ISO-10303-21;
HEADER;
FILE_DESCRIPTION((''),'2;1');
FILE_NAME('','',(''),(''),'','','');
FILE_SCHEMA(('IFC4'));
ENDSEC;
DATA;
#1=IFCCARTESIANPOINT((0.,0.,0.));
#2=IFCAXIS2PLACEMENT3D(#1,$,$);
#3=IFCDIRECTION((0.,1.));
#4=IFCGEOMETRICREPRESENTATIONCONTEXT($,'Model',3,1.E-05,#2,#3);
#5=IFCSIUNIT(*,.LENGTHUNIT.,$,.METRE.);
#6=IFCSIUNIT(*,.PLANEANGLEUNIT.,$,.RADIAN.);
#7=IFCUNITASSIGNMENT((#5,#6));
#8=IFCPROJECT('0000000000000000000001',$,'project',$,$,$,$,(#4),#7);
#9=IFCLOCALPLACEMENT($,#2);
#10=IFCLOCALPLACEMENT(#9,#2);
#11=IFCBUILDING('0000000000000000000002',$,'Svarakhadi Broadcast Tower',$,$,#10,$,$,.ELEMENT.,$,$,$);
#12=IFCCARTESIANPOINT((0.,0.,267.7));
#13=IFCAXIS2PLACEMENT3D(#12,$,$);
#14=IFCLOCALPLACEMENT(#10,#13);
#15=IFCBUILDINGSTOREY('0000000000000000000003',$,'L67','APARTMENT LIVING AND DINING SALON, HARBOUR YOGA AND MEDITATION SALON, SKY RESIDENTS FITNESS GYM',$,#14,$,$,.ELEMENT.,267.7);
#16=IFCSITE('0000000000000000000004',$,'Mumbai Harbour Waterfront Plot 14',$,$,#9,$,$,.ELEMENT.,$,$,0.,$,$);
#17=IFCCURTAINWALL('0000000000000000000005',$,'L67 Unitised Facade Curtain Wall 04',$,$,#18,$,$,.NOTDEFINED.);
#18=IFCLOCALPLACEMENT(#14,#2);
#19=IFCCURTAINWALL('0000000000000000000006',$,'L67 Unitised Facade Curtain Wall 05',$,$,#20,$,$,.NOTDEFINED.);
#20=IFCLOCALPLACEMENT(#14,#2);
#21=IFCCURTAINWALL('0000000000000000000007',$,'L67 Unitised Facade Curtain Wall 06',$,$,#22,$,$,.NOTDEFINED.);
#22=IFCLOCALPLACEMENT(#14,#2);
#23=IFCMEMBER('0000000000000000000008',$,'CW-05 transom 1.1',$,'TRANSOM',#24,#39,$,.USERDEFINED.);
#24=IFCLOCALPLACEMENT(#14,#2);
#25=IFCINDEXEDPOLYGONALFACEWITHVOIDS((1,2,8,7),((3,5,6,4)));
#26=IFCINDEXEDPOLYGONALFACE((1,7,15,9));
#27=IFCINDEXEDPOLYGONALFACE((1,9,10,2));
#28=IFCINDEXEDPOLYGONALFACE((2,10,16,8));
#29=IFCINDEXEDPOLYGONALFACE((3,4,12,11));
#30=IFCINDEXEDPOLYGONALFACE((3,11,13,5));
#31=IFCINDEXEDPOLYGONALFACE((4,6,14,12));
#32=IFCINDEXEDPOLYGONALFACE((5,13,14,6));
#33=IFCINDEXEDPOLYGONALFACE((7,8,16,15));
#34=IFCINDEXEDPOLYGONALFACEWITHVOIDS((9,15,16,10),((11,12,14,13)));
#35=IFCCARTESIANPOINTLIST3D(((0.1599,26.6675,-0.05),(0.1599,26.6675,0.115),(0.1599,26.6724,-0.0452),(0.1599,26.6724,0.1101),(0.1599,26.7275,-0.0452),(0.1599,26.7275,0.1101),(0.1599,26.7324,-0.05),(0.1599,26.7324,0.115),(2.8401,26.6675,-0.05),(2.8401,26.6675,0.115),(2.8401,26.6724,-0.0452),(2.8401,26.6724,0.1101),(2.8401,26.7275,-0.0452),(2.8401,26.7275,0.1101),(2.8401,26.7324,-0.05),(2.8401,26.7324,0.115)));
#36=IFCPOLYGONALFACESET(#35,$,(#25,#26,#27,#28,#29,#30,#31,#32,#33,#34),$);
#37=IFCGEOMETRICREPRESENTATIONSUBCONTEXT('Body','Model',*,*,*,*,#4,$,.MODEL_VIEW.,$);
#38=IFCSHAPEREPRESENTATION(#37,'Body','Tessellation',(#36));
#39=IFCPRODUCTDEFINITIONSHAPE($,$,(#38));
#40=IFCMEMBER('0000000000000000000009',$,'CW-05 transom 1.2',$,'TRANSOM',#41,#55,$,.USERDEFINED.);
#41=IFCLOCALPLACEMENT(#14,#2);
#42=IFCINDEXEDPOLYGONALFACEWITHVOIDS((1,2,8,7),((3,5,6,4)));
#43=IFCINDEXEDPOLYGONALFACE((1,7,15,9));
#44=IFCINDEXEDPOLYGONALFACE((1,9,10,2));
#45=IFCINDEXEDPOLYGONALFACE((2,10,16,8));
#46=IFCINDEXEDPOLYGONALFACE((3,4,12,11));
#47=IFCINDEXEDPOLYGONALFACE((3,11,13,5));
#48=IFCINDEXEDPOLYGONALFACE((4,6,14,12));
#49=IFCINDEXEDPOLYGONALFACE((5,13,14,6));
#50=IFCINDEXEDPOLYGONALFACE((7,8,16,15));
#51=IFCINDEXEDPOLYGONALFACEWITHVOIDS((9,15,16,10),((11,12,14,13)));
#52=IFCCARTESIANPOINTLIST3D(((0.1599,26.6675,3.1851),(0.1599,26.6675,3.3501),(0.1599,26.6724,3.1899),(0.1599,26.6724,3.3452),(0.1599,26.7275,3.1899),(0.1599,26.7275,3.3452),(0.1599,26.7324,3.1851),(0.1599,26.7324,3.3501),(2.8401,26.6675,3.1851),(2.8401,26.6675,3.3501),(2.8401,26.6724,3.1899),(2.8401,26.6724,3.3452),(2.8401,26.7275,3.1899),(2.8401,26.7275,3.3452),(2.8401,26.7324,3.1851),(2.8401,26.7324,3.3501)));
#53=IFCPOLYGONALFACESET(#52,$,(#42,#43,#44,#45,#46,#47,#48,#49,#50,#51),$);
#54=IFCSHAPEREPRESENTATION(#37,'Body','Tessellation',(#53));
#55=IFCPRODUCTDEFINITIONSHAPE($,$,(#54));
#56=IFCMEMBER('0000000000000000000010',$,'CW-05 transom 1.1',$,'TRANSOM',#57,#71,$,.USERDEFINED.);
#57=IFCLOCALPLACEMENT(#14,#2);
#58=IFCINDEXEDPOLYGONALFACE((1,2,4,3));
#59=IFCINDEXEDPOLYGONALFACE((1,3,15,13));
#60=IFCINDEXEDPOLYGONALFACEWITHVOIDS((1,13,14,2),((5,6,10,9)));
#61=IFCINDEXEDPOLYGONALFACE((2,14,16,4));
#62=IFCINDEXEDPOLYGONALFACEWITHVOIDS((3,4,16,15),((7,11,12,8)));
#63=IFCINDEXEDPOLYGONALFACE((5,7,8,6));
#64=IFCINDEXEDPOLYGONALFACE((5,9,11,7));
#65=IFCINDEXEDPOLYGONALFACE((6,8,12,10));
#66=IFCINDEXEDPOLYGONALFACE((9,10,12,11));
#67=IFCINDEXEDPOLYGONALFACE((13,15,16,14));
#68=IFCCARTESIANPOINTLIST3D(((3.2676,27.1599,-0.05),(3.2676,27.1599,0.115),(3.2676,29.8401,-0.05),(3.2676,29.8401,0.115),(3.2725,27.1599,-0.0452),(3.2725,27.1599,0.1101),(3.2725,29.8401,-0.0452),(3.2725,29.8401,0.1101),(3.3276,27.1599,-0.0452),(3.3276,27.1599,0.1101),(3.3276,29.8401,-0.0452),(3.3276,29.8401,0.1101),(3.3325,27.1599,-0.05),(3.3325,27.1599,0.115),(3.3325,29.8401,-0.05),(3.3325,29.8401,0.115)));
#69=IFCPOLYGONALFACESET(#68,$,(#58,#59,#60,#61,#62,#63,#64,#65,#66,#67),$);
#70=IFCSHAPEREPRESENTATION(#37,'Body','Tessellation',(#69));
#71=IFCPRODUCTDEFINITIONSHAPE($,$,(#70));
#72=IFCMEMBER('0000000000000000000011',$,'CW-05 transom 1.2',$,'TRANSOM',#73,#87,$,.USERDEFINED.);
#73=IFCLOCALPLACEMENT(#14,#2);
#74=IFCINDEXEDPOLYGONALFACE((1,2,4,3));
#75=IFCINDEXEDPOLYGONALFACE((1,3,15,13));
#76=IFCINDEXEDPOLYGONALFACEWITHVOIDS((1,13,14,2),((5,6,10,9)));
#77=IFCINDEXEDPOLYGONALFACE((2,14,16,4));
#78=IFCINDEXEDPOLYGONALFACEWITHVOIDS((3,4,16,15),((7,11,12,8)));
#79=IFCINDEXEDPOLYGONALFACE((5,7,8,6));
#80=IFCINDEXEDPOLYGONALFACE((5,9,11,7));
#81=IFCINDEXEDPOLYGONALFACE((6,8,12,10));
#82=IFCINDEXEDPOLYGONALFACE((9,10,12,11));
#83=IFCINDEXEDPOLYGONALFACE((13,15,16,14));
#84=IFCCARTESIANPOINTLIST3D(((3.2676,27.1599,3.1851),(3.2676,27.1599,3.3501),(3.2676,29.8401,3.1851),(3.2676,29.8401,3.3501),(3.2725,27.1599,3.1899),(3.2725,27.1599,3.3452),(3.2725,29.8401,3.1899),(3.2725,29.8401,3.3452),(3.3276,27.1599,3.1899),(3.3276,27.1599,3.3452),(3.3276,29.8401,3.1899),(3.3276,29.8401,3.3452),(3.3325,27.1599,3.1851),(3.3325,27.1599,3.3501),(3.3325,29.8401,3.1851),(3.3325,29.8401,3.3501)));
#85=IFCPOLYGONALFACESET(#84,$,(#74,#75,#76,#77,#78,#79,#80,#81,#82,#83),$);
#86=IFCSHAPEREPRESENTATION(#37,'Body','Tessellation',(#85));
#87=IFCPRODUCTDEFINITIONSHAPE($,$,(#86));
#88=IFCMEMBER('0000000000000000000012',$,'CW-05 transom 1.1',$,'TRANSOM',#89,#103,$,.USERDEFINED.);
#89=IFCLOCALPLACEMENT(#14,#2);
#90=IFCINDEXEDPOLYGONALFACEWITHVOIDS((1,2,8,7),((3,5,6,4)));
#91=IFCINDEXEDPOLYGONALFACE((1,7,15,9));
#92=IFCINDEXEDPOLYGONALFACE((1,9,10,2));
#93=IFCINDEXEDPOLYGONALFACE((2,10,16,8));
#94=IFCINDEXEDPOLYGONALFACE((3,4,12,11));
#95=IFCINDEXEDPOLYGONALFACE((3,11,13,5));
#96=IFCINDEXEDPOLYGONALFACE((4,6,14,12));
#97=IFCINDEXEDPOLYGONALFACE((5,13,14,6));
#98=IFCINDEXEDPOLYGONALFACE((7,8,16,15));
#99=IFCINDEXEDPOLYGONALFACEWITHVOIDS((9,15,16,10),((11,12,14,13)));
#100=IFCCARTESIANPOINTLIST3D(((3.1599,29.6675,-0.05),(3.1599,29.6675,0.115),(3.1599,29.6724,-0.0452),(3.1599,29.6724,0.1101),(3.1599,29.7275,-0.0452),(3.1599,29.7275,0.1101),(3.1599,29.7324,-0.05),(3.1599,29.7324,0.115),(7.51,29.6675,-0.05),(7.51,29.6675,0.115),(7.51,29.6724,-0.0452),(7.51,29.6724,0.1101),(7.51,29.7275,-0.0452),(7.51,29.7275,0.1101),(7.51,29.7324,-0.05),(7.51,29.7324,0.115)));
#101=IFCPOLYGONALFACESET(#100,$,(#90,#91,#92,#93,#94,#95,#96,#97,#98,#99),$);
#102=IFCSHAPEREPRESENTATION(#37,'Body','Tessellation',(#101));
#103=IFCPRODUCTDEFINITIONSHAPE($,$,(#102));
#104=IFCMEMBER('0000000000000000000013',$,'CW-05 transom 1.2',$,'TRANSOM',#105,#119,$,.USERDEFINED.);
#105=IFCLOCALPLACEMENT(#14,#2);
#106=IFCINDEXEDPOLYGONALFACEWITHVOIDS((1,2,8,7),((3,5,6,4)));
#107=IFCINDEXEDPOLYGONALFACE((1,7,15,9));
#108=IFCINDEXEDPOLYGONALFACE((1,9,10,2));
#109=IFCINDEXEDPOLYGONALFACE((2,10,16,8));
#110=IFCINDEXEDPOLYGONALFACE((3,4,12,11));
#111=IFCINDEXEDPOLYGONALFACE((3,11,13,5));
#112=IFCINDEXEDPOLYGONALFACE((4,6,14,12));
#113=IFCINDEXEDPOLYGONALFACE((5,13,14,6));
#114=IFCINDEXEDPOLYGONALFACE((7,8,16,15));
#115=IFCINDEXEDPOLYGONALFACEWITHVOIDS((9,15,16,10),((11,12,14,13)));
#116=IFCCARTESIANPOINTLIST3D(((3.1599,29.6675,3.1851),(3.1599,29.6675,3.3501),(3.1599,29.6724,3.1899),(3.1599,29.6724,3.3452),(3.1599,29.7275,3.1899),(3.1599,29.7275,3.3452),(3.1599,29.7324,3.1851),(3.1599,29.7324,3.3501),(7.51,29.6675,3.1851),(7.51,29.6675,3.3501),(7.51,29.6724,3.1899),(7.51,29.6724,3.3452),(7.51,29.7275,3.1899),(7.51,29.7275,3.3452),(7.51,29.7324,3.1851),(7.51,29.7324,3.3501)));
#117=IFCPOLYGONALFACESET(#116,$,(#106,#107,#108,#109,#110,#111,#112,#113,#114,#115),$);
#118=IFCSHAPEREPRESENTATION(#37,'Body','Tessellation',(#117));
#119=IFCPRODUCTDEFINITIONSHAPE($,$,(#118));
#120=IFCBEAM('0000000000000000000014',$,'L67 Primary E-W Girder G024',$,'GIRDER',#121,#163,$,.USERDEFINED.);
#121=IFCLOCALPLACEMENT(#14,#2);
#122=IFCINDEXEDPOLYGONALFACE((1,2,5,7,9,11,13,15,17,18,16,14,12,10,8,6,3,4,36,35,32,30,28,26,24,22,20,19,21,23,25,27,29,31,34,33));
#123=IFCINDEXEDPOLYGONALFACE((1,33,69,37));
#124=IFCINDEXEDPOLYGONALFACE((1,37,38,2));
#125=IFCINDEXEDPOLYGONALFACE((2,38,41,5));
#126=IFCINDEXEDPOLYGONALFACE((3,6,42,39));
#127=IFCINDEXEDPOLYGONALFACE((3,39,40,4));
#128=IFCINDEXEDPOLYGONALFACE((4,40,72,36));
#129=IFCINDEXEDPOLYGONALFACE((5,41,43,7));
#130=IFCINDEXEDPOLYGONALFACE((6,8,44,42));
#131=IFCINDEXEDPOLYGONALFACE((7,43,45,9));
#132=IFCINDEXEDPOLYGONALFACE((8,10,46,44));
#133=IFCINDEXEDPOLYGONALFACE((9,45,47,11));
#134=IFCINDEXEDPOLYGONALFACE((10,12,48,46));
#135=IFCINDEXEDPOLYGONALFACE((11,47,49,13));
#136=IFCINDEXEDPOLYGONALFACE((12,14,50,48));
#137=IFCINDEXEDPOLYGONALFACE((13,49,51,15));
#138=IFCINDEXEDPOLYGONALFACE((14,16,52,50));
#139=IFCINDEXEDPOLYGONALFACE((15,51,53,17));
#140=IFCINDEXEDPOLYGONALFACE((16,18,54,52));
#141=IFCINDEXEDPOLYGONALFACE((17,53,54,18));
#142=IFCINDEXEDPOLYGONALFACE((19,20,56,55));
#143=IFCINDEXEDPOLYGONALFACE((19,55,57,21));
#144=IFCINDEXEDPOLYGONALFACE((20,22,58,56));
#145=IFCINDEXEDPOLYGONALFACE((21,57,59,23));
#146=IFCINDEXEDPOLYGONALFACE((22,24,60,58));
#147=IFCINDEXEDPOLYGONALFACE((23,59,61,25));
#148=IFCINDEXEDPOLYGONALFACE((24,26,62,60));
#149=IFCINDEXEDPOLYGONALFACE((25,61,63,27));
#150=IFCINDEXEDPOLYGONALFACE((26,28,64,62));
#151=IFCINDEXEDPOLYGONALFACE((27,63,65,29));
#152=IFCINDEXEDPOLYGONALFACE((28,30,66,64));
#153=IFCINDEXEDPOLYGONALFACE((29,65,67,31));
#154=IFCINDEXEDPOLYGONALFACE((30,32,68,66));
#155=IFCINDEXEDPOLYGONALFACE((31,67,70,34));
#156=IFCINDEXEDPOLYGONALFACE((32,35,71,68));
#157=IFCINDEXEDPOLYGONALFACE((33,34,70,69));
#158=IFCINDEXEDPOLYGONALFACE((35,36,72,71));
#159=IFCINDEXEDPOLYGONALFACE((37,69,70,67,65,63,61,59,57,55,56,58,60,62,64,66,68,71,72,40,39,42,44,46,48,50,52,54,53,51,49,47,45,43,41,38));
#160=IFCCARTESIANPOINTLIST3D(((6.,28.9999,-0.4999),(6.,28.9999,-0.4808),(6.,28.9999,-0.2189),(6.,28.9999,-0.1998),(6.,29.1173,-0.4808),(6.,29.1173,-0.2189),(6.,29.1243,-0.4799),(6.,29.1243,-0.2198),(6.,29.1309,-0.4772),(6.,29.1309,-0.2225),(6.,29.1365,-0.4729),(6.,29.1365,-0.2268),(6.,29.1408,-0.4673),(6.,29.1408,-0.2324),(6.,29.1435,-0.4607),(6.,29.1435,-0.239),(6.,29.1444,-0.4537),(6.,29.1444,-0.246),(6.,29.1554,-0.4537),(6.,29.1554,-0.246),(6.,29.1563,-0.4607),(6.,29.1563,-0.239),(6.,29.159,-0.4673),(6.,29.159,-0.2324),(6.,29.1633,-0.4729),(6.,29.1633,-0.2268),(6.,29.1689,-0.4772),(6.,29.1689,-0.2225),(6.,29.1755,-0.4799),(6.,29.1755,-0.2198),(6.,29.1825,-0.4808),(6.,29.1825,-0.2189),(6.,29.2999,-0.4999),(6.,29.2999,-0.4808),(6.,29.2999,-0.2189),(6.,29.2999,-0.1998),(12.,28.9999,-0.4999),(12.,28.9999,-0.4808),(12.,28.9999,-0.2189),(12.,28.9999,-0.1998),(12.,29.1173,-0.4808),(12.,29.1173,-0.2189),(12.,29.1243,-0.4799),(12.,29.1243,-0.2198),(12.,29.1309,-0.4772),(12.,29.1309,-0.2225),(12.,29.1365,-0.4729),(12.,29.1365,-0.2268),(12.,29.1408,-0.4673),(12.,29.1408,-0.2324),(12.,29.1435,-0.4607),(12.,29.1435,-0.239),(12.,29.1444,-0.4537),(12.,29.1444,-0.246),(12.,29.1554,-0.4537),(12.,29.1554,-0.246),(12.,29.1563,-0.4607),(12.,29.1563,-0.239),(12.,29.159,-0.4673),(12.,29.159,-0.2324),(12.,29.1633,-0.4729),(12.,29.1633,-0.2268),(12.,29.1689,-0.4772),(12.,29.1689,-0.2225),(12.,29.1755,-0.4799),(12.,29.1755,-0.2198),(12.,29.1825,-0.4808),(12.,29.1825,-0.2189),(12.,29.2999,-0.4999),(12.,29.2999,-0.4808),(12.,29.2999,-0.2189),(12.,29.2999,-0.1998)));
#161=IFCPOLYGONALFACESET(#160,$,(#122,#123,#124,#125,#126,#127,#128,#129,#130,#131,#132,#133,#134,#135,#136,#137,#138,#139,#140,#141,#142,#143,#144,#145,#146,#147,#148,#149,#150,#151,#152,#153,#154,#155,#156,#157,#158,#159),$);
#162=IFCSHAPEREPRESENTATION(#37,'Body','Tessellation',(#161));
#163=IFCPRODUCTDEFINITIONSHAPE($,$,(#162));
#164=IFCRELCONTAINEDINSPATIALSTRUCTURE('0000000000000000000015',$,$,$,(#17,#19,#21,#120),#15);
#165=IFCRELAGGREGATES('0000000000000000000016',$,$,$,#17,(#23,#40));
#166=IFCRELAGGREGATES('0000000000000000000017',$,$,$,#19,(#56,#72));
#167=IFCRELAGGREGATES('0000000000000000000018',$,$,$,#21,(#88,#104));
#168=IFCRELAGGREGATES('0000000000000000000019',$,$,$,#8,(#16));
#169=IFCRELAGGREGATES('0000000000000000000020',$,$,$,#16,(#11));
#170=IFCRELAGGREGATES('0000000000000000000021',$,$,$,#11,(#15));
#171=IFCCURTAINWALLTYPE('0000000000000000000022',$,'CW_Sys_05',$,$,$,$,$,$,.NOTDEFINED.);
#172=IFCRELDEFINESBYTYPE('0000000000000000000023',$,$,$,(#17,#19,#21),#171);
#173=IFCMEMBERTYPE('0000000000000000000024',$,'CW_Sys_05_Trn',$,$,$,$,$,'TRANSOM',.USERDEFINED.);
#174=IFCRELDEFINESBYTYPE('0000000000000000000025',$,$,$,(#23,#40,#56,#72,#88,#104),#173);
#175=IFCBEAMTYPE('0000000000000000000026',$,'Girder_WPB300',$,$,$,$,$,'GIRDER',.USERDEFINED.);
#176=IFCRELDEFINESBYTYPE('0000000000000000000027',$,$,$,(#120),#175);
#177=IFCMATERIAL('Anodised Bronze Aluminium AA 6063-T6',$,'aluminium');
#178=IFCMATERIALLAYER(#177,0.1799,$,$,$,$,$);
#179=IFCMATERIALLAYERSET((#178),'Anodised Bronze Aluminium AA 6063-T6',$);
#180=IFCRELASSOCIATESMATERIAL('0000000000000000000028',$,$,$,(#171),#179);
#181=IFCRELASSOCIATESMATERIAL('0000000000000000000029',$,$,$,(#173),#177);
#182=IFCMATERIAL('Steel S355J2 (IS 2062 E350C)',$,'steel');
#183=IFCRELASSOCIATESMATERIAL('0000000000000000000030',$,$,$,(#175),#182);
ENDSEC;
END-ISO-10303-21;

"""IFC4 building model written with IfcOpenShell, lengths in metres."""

from ifc_helpers import new_model, si_unit, direction, frame, origin, origin_2d, place, context, subcontext, project, spatial, hollow_rectangle, i_section, extrude, material, layer, layer_set, material_profile, profile_set, type_object, element, aggregate, save


model = new_model("IFC4")

# Units and contexts
model_context = context("Model", 3, precision=1e-05, world=origin(), true_north=direction((0.0, 1.0)))
body_context = subcontext(model_context, "Body", "Model", "MODEL_VIEW")
ifc_project = project(units=[si_unit("LENGTHUNIT", "METRE"), si_unit("PLANEANGLEUNIT", "RADIAN")], contexts=[model_context])

# Site, building, storey
site_placement = place(None, origin())
site = spatial("IfcSite", under=ifc_project, at=site_placement, Name="Mumbai Harbour Waterfront Plot 14", CompositionType="ELEMENT", RefElevation=0.0)
building_placement = place(site_placement, origin())
building = spatial("IfcBuilding", under=site, at=building_placement, Name="Svarakhadi Broadcast Tower", CompositionType="ELEMENT")
storey_placement = place(building_placement, frame((0.0, 0.0, 267.7)))
storey = spatial("IfcBuildingStorey", under=building, at=storey_placement, Name="L67", Description="APARTMENT LIVING AND DINING SALON, HARBOUR YOGA AND MEDITATION SALON, SKY RESIDENTS FITNESS GYM", CompositionType="ELEMENT", Elevation=267.7)

# Shared definitions
ifc_material_1 = material(Name="Anodised Bronze Aluminium AA 6063-T6", Category="aluminium")
ifc_layer_1 = layer(ifc_material_1, 0.1799)
ifc_layer_set_1 = layer_set([ifc_layer_1], Name="Anodised Bronze Aluminium AA 6063-T6")
curtain_wall_type = type_object("IfcCurtainWallType", Name="CW_Sys_05", PredefinedType="NOTDEFINED", material=ifc_layer_set_1)

# Curtain walls
curtain_wall_1_placement = place(storey_placement, origin())
curtain_wall_1 = element("IfcCurtainWall", 1, at=curtain_wall_1_placement, inside=storey, type_object=curtain_wall_type, Name="L67 Unitised Facade Curtain Wall 04", PredefinedType="NOTDEFINED")
curtain_wall_2_placement = place(storey_placement, origin())
curtain_wall_2 = element("IfcCurtainWall", 2, at=curtain_wall_2_placement, inside=storey, type_object=curtain_wall_type, Name="L67 Unitised Facade Curtain Wall 05", PredefinedType="NOTDEFINED")

# Curtain wall
curtain_wall_3_placement = place(storey_placement, origin())
curtain_wall_3 = element("IfcCurtainWall", 3, at=curtain_wall_3_placement, inside=storey, type_object=curtain_wall_type, Name="L67 Unitised Facade Curtain Wall 06", PredefinedType="NOTDEFINED")

# Members
ifc_material_profile_1 = material_profile(ifc_material_1, hollow_rectangle(XDim=0.0649, YDim=0.165, WallThickness=0.0049, at=origin_2d()), Name="ALU TRANSOM 165x65x5")
ifc_profile_set_1 = profile_set([ifc_material_profile_1], Name="Anodised Bronze Aluminium AA 6063-T6")
member_type_1 = type_object("IfcMemberType", Name="CW_Sys_05_Trn", ElementType="TRANSOM", PredefinedType="USERDEFINED", material=ifc_profile_set_1)
member_1_placement = place(storey_placement, frame((0.1599, 26.7, 0.0325), z_axis=(1.0, 0.0, 0.0), x_axis=(0.0, 1.0, 0.0)))
member_1 = element("IfcMember", 4, at=member_1_placement, type_object=member_type_1, Name="CW-05 transom 1.1", ObjectType="TRANSOM", PredefinedType="USERDEFINED", context=body_context, shape_type="SweptSolid", body=[
    extrude(hollow_rectangle(XDim=0.0649, YDim=0.165, WallThickness=0.0049, at=origin_2d()), origin(), (0.0, 0.0, 1.0), 2.6802),
])
member_2_placement = place(storey_placement, frame((0.1599, 26.7, 3.2676), z_axis=(1.0, 0.0, 0.0), x_axis=(0.0, 1.0, 0.0)))
member_2 = element("IfcMember", 5, at=member_2_placement, type_object=member_type_1, Name="CW-05 transom 1.2", ObjectType="TRANSOM", PredefinedType="USERDEFINED", context=body_context, shape_type="SweptSolid", body=[
    extrude(hollow_rectangle(XDim=0.0649, YDim=0.165, WallThickness=0.0049, at=origin_2d()), origin(), (0.0, 0.0, 1.0), 2.6802),
])
member_3_placement = place(storey_placement, frame((3.3, 27.1599, 0.0325), z_axis=(0.0, 1.0, 0.0), x_axis=(-1.0, 0.0, 0.0)))
member_3 = element("IfcMember", 6, at=member_3_placement, type_object=member_type_1, Name="CW-05 transom 1.1", ObjectType="TRANSOM", PredefinedType="USERDEFINED", context=body_context, shape_type="SweptSolid", body=[
    extrude(hollow_rectangle(XDim=0.0649, YDim=0.165, WallThickness=0.0049, at=origin_2d()), origin(), (0.0, 0.0, 1.0), 2.6802),
])
member_4_placement = place(storey_placement, frame((3.3, 27.1599, 3.2676), z_axis=(0.0, 1.0, 0.0), x_axis=(-1.0, 0.0, 0.0)))
member_4 = element("IfcMember", 7, at=member_4_placement, type_object=member_type_1, Name="CW-05 transom 1.2", ObjectType="TRANSOM", PredefinedType="USERDEFINED", context=body_context, shape_type="SweptSolid", body=[
    extrude(hollow_rectangle(XDim=0.0649, YDim=0.165, WallThickness=0.0049, at=origin_2d()), origin(), (0.0, 0.0, 1.0), 2.6802),
])
member_5_placement = place(storey_placement, frame((3.1599, 29.7, 0.0325), z_axis=(1.0, 0.0, 0.0), x_axis=(0.0, 1.0, 0.0)))
member_5 = element("IfcMember", 8, at=member_5_placement, type_object=member_type_1, Name="CW-05 transom 1.1", ObjectType="TRANSOM", PredefinedType="USERDEFINED", context=body_context, shape_type="SweptSolid", body=[
    extrude(hollow_rectangle(XDim=0.0649, YDim=0.165, WallThickness=0.0049, at=origin_2d()), origin(), (0.0, 0.0, 1.0), 4.3501),
])
member_6_placement = place(storey_placement, frame((3.1599, 29.7, 3.2676), z_axis=(1.0, 0.0, 0.0), x_axis=(0.0, 1.0, 0.0)))
member_6 = element("IfcMember", 9, at=member_6_placement, type_object=member_type_1, Name="CW-05 transom 1.2", ObjectType="TRANSOM", PredefinedType="USERDEFINED", context=body_context, shape_type="SweptSolid", body=[
    extrude(hollow_rectangle(XDim=0.0649, YDim=0.165, WallThickness=0.0049, at=origin_2d()), origin(), (0.0, 0.0, 1.0), 4.3501),
])

# Beam
ifc_material_2 = material(Name="Steel S355J2 (IS 2062 E350C)", Category="steel")
ifc_material_profile_2 = material_profile(ifc_material_2, i_section(OverallWidth=0.3, OverallDepth=0.3, WebThickness=0.011, FlangeThickness=0.019, FilletRadius=0.0271, at=origin_2d()), Name="WPB 300x300x117")
ifc_profile_set_2 = profile_set([ifc_material_profile_2], Name="Steel S355J2 (IS 2062 E350C)")
beam_type_1 = type_object("IfcBeamType", Name="Girder_WPB300", ElementType="GIRDER", PredefinedType="USERDEFINED", material=ifc_profile_set_2)
beam_1_placement = place(storey_placement, frame((6.0, 29.1499, -0.3499), z_axis=(1.0, 0.0, 0.0), x_axis=(0.0, 1.0, 0.0)))
element("IfcBeam", 10, at=beam_1_placement, inside=storey, type_object=beam_type_1, Name="L67 Primary E-W Girder G024", ObjectType="GIRDER", PredefinedType="USERDEFINED", context=body_context, shape_type="SweptSolid", body=[
    extrude(i_section(OverallWidth=0.3, OverallDepth=0.3, WebThickness=0.011, FlangeThickness=0.019, FilletRadius=0.0271, at=origin_2d()), origin(), (0.0, 0.0, 1.0), 6.0),
])

aggregate(curtain_wall_1, [member_1, member_2])
aggregate(curtain_wall_2, [member_3, member_4])
aggregate(curtain_wall_3, [member_5, member_6])

save(model, "model.ifc")
